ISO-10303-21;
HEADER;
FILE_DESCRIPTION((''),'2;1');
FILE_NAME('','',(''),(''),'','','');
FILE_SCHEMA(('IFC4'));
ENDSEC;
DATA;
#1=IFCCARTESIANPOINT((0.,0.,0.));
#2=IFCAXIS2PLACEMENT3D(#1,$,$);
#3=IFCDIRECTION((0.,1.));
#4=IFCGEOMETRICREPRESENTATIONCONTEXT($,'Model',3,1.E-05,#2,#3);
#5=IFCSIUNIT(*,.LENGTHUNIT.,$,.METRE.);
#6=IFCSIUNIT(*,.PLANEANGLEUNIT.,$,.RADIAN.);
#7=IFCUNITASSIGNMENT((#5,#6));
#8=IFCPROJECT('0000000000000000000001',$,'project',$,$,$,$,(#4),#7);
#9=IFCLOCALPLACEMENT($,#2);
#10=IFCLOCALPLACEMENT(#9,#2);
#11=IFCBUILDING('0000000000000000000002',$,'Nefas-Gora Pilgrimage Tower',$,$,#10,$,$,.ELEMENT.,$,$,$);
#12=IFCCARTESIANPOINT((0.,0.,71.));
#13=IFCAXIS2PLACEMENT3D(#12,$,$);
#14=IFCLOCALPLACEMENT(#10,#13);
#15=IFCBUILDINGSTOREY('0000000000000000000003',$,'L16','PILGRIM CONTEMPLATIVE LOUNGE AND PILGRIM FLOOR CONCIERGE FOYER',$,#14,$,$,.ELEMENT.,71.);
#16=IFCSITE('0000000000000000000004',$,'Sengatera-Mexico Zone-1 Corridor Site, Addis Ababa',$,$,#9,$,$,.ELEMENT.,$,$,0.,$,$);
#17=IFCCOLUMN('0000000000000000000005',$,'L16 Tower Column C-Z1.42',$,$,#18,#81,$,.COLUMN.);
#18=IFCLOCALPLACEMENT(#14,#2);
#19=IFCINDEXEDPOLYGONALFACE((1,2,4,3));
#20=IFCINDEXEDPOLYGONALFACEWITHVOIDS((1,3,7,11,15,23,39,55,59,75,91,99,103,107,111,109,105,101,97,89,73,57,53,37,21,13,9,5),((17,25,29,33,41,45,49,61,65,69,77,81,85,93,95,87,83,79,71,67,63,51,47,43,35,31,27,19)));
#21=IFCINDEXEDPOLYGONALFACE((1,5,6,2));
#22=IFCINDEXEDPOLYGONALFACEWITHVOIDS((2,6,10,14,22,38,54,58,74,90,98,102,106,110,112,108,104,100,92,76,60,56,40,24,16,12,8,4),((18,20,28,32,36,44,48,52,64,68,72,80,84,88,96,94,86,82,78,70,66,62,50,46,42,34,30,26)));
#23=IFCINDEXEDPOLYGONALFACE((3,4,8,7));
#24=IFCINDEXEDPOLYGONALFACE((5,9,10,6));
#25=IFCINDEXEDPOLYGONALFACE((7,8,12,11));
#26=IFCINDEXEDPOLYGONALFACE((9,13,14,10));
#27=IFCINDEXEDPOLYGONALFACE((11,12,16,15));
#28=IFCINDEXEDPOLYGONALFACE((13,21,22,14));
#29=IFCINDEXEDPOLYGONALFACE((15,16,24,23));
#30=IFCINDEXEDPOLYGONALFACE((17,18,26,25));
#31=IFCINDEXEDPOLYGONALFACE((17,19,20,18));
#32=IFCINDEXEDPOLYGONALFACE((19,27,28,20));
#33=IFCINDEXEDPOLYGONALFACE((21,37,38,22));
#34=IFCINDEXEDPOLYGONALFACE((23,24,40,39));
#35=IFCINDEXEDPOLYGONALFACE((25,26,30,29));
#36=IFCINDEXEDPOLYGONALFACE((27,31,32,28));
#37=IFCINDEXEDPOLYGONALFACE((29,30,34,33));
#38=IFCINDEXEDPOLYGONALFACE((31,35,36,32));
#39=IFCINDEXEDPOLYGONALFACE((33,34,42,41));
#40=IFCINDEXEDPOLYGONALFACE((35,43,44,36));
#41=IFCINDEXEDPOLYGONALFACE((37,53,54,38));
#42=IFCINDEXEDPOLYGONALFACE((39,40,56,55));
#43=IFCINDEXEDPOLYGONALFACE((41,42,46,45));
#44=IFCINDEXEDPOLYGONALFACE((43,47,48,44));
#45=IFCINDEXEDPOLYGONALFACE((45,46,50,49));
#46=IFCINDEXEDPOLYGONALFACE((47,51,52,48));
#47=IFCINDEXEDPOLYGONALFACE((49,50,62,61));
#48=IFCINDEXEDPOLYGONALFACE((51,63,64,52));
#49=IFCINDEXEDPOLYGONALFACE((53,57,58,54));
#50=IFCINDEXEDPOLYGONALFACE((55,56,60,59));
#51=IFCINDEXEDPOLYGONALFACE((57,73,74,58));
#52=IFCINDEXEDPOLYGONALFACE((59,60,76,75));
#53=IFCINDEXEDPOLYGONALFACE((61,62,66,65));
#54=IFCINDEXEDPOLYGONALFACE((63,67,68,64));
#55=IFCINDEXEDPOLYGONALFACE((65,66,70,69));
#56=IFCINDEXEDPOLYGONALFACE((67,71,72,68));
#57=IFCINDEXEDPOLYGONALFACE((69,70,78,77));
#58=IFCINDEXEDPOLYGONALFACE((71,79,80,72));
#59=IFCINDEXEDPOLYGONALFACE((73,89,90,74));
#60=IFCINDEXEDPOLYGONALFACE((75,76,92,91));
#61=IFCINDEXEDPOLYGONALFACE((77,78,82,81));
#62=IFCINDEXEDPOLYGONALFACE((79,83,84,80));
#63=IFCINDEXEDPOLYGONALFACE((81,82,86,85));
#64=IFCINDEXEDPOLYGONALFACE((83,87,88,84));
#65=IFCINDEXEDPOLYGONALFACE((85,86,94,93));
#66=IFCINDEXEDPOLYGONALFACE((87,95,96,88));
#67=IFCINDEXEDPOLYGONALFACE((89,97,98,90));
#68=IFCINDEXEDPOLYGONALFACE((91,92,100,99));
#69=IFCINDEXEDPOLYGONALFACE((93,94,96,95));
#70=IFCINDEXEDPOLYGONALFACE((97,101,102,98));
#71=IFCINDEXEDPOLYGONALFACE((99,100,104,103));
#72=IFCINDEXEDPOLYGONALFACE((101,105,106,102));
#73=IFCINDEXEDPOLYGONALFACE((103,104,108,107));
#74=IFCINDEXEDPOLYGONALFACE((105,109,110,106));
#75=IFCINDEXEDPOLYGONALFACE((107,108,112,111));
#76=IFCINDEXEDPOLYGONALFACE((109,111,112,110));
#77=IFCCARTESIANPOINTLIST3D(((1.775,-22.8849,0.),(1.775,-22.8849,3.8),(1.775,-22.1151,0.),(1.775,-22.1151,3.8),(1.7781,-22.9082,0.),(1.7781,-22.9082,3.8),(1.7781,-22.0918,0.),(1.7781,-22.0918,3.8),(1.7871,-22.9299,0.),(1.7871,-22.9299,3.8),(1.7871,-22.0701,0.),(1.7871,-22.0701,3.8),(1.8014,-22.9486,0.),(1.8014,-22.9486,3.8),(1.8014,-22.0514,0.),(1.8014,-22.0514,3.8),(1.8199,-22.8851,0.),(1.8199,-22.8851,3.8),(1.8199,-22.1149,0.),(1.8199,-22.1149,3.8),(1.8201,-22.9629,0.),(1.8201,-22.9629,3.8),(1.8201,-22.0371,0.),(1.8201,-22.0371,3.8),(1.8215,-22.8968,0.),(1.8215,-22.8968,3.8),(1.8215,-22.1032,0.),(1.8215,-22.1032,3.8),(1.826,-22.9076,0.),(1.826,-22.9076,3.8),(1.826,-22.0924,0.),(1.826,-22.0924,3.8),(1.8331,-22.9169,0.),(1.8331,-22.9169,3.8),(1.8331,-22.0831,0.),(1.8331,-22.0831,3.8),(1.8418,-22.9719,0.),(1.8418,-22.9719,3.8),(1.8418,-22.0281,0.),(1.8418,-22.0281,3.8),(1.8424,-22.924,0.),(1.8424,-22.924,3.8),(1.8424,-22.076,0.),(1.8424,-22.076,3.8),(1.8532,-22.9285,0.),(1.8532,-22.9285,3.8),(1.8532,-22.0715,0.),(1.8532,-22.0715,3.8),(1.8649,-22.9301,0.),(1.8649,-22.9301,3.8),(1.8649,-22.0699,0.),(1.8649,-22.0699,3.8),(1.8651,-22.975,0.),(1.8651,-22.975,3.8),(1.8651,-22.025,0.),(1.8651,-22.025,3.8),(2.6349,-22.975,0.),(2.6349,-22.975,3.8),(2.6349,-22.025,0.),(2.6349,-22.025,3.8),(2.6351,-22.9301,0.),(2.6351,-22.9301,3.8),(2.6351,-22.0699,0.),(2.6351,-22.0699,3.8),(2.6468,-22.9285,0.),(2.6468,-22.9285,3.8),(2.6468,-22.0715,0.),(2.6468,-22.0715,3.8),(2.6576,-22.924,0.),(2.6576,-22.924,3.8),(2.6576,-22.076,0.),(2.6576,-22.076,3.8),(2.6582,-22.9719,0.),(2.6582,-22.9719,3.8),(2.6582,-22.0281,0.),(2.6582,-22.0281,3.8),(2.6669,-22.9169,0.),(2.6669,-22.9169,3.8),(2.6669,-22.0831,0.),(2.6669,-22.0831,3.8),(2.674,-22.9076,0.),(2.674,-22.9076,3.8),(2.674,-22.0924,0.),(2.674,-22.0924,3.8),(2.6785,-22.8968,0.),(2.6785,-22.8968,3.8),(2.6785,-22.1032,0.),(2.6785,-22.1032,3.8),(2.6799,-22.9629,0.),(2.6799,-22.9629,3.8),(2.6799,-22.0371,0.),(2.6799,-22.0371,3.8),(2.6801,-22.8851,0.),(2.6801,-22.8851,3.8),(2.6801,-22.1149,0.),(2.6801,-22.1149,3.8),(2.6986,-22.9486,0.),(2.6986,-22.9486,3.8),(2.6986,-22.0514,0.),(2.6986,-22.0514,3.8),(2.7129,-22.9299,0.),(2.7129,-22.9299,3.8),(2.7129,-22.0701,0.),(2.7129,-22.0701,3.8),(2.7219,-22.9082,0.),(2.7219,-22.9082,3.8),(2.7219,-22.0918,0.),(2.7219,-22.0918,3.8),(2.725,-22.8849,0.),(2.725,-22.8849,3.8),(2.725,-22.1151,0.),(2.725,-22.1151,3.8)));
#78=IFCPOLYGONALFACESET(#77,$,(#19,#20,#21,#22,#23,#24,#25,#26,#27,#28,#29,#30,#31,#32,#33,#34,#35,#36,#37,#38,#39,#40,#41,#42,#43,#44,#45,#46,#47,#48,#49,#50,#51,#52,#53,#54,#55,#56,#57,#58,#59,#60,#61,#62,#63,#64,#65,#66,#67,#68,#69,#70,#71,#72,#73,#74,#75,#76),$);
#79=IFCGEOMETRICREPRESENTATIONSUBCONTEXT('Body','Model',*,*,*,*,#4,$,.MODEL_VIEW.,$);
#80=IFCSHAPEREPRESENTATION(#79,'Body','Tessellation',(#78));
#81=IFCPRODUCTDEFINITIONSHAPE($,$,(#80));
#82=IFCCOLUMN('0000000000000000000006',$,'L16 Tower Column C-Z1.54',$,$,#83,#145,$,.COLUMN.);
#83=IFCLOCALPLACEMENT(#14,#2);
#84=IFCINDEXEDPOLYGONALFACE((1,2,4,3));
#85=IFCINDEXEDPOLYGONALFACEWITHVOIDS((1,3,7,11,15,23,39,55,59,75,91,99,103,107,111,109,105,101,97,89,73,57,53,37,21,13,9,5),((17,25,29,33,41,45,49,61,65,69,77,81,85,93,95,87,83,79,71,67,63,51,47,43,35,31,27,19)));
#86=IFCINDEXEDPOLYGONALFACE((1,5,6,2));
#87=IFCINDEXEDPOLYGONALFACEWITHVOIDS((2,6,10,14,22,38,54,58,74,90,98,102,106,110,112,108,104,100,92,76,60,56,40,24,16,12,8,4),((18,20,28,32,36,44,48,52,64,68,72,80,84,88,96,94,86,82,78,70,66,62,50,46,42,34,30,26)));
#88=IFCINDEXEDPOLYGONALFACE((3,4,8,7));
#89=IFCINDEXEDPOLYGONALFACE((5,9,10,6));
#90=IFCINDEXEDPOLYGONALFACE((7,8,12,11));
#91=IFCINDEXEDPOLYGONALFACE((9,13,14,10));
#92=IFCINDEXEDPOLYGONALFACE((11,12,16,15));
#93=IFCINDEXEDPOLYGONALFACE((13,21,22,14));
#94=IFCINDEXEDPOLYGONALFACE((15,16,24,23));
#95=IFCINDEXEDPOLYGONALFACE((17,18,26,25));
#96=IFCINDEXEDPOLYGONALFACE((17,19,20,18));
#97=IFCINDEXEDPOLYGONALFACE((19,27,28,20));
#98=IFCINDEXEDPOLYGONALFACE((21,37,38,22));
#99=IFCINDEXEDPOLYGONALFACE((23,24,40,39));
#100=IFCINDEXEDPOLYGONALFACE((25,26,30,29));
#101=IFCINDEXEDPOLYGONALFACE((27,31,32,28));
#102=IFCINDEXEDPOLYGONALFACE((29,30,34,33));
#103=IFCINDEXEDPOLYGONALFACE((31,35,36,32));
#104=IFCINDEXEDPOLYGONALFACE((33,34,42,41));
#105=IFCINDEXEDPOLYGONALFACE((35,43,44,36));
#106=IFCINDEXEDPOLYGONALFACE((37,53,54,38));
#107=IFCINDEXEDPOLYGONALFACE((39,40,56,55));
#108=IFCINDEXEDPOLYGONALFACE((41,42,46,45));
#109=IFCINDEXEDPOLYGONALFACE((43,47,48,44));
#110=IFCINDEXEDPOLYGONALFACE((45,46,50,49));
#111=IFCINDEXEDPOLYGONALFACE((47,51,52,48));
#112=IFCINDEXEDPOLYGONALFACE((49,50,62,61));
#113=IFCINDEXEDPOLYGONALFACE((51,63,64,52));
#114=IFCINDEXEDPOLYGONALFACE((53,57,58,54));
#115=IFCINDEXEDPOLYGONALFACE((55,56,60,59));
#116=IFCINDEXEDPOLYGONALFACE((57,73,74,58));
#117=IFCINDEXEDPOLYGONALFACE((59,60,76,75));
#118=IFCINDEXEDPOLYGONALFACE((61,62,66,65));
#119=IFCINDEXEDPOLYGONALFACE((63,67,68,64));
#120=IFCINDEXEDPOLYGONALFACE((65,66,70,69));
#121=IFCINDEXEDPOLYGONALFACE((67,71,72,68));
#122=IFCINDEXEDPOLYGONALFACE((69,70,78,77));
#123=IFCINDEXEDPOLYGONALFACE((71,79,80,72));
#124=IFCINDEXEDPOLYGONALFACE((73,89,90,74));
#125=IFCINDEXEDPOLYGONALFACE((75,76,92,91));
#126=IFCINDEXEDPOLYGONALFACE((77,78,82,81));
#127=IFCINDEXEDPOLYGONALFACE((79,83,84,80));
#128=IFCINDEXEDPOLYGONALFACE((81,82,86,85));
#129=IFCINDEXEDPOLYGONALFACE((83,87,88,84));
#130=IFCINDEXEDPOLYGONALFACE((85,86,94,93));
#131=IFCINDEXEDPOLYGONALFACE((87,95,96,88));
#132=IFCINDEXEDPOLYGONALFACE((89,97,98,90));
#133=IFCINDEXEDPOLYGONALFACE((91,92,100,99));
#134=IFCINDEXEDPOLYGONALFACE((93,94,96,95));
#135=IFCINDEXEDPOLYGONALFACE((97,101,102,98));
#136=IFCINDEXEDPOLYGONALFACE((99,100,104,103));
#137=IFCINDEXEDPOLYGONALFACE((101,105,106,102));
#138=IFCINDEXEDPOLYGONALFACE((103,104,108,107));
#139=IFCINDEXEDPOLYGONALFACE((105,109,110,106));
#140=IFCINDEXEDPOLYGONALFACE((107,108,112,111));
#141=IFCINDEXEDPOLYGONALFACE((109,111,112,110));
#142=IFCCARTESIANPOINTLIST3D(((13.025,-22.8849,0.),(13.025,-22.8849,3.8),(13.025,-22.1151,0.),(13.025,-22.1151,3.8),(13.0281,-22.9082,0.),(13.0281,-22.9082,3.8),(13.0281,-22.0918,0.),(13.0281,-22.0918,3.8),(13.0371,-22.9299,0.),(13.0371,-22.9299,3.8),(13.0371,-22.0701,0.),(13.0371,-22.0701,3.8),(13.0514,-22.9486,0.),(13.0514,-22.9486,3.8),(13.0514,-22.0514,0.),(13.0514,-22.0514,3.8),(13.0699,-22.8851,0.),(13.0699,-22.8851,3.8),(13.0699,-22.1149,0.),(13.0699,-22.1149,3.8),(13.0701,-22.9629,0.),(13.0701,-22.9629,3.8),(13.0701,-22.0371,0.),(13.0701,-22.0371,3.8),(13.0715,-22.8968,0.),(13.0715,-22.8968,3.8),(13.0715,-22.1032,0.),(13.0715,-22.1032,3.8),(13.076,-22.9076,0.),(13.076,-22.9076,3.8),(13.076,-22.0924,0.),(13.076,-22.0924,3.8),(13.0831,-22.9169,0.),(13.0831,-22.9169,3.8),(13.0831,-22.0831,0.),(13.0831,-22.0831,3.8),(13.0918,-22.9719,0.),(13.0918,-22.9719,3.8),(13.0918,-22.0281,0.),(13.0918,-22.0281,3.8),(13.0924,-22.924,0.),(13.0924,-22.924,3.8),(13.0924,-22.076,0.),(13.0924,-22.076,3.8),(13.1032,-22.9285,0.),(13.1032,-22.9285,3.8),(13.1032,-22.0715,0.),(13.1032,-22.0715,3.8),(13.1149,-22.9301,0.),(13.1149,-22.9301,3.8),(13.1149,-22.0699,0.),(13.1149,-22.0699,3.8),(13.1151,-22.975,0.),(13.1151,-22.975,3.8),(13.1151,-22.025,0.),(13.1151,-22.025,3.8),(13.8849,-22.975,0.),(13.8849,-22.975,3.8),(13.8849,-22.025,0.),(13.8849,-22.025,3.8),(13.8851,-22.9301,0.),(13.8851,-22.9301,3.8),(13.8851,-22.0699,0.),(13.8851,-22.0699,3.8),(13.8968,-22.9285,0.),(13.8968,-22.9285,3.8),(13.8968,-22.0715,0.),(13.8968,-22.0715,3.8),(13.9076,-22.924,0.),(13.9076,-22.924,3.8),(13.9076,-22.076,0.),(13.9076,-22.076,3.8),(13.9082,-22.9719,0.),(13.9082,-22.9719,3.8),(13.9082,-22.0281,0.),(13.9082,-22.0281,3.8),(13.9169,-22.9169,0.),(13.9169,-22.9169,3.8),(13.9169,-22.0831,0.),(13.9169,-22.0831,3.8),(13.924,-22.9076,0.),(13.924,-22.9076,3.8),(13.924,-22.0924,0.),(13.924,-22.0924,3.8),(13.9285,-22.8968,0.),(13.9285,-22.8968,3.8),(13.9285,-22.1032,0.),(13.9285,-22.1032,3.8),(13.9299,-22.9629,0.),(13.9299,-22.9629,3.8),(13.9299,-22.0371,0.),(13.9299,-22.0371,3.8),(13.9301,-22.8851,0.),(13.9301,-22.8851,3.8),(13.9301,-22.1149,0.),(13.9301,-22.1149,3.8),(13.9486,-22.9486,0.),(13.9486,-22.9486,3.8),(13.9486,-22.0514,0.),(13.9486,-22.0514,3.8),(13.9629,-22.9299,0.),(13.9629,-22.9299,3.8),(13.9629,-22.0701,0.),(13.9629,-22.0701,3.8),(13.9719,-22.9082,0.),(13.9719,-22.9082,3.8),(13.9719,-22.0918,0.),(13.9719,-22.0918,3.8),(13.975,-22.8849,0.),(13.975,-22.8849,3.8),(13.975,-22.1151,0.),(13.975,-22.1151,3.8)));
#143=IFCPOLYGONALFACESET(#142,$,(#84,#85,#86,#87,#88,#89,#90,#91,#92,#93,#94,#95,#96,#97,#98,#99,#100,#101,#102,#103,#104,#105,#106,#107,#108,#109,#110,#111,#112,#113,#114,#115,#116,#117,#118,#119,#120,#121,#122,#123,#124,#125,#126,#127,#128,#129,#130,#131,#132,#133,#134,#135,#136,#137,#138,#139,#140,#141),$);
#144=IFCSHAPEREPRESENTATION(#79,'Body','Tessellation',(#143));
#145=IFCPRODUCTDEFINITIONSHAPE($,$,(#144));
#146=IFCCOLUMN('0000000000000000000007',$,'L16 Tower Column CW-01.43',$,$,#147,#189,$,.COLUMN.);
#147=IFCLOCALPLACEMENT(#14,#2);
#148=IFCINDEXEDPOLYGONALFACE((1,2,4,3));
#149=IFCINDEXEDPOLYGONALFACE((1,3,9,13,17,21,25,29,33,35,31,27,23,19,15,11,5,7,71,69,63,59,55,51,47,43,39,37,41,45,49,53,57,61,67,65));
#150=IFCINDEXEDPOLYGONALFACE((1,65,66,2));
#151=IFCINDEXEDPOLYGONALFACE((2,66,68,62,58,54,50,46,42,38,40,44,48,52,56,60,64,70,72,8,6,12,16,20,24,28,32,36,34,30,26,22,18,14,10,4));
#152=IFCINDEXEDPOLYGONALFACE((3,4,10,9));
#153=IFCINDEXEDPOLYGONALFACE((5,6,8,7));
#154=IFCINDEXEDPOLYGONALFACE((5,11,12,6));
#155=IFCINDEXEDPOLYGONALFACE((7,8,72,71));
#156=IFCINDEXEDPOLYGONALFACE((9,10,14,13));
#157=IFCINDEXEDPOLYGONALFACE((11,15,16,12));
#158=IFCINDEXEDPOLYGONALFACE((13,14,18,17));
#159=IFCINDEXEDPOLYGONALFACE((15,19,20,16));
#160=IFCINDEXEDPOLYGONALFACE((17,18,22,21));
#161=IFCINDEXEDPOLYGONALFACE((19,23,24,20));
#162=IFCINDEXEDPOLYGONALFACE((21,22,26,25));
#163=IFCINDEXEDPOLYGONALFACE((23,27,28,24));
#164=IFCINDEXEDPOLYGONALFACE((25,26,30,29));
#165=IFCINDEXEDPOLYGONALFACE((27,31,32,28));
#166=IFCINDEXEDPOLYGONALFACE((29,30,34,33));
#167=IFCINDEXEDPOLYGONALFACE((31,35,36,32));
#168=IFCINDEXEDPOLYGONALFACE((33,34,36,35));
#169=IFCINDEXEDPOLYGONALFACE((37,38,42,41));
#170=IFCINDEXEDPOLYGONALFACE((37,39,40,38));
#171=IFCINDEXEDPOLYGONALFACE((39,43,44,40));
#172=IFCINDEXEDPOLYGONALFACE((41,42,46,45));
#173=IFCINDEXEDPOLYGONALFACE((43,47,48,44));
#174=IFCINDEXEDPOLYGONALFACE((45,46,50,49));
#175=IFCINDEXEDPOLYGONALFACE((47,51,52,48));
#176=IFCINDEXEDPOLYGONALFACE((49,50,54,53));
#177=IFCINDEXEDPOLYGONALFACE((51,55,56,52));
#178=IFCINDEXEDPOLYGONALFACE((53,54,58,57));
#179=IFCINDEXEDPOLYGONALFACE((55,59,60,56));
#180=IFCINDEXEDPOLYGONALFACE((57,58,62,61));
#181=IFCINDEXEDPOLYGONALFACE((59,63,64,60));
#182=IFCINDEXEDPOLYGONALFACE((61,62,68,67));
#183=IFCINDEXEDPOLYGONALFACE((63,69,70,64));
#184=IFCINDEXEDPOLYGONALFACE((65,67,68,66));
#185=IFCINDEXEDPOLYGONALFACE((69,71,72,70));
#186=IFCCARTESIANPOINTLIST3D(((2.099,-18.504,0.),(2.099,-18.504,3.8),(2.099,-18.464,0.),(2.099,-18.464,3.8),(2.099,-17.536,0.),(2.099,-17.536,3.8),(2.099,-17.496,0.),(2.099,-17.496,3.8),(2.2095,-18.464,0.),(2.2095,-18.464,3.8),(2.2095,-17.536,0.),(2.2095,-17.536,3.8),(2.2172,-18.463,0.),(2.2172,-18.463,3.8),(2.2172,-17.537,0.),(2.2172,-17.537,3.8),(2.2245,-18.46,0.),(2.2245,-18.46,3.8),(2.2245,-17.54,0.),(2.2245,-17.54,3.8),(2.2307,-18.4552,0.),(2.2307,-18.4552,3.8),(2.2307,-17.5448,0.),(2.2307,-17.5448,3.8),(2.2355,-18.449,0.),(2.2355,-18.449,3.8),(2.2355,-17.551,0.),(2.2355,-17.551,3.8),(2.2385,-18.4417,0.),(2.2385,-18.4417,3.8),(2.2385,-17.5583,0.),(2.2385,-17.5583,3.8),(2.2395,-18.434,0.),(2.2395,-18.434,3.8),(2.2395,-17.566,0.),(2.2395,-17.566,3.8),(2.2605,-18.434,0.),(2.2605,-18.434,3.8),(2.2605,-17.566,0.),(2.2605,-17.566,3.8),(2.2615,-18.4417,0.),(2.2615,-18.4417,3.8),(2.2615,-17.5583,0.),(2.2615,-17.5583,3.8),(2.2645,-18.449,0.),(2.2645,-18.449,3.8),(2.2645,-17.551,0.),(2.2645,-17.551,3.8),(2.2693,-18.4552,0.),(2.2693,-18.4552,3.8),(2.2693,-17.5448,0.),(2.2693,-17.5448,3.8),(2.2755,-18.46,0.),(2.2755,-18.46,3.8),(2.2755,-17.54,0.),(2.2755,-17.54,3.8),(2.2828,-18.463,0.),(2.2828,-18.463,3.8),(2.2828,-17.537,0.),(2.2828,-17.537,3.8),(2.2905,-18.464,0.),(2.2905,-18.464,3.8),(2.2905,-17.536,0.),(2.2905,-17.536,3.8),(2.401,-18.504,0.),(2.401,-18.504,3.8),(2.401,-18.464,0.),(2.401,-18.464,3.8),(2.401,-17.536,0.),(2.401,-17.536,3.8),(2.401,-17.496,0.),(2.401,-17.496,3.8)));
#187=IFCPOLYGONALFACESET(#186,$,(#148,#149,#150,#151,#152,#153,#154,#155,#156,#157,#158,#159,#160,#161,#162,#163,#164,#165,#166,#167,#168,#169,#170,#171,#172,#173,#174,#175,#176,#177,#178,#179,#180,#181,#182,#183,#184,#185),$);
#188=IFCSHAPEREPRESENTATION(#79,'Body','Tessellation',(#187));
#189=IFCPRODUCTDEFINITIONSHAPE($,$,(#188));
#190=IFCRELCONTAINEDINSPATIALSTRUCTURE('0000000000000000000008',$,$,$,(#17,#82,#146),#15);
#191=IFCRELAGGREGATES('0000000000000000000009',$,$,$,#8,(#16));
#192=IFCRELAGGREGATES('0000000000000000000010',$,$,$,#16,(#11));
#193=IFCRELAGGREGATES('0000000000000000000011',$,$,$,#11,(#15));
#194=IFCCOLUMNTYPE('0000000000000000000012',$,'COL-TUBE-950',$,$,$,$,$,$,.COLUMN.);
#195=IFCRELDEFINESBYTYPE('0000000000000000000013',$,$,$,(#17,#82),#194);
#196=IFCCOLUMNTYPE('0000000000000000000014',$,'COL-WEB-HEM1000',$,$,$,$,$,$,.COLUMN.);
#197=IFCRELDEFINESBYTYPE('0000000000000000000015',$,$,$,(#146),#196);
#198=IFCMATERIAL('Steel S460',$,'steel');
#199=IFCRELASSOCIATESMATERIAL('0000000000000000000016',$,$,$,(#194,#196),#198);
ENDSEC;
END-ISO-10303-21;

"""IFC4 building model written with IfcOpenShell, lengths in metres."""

from ifc_helpers import new_model, si_unit, direction, frame, origin, origin_2d, place, context, subcontext, project, spatial, hollow_rectangle, i_section, extrude, source, transform, mapped, material, material_profile, profile_set, type_object, element, save


model = new_model("IFC4")

# Units and contexts
model_context = context("Model", 3, precision=1e-05, world=origin(), true_north=direction((0.0, 1.0)))
body_context = subcontext(model_context, "Body", "Model", "MODEL_VIEW")
ifc_project = project(units=[si_unit("LENGTHUNIT", "METRE"), si_unit("PLANEANGLEUNIT", "RADIAN")], contexts=[model_context])

# Site, building, storey
site_placement = place(None, origin())
site = spatial("IfcSite", under=ifc_project, at=site_placement, Name="Sengatera-Mexico Zone-1 Corridor Site, Addis Ababa", CompositionType="ELEMENT", RefElevation=0.0)
building_placement = place(site_placement, origin())
building = spatial("IfcBuilding", under=site, at=building_placement, Name="Nefas-Gora Pilgrimage Tower", CompositionType="ELEMENT")
storey_placement = place(building_placement, frame((0.0, 0.0, 71.0)))
storey = spatial("IfcBuildingStorey", under=building, at=storey_placement, Name="L16", Description="PILGRIM CONTEMPLATIVE LOUNGE AND PILGRIM FLOOR CONCIERGE FOYER", CompositionType="ELEMENT", Elevation=71.0)

# Columns
ifc_material_1 = material(Name="Steel S460", Category="steel")
ifc_material_profile_1 = material_profile(ifc_material_1, hollow_rectangle(XDim=0.95, YDim=0.95, WallThickness=0.0449, InnerFilletRadius=0.0449, OuterFilletRadius=0.0901, at=origin_2d()), Name="BOX 950x950x45")
ifc_profile_set_1 = profile_set([ifc_material_profile_1], Name="Steel S460")
column_type_1 = type_object("IfcColumnType", Name="COL-TUBE-950", PredefinedType="COLUMN", material=ifc_profile_set_1)
shared_shape_1 = source(origin(), body_context, "Body", "SweptSolid", [
    extrude(hollow_rectangle(XDim=0.95, YDim=0.95, WallThickness=0.0449, InnerFilletRadius=0.0449, OuterFilletRadius=0.0901, at=origin_2d()), origin(), (0.0, 0.0, 1.0), 3.8),
])
for number, where, z_axis, x_axis, name in (
    (1, (2.25, -22.5, 0.0), (0.0, 0.0, 1.0), (1.0, 0.0, 0.0), "L16 Tower Column C-Z1.42"),
    (2, (13.5, -22.5, 0.0), (0.0, 0.0, 1.0), (1.0, 0.0, 0.0), "L16 Tower Column C-Z1.54"),
):
    element("IfcColumn", number, at=place(storey_placement, frame(where, z_axis=z_axis, x_axis=x_axis)), inside=storey, type_object=column_type_1, Name=name, PredefinedType="COLUMN", context=body_context, shape_type="MappedRepresentation", body=[
        mapped(shared_shape_1, transform((0.0, 0.0, 0.0), x_axis=(1.0, 0.0, 0.0), y_axis=(0.0, 1.0, 0.0), z_axis=(0.0, 0.0, 1.0), scale=1.0)),
    ])
ifc_material_profile_2 = material_profile(ifc_material_1, i_section(OverallWidth=0.302, OverallDepth=1.0081, WebThickness=0.021, FlangeThickness=0.04, FilletRadius=0.03, at=origin_2d()), Name="HEM 1000")
ifc_profile_set_2 = profile_set([ifc_material_profile_2], Name="Steel S460")
column_type_2 = type_object("IfcColumnType", Name="COL-WEB-HEM1000", PredefinedType="COLUMN", material=ifc_profile_set_2)
shared_shape_2 = source(origin(), body_context, "Body", "SweptSolid", [
    extrude(i_section(OverallWidth=0.302, OverallDepth=1.0081, WebThickness=0.021, FlangeThickness=0.04, FilletRadius=0.03, at=origin_2d()), origin(), (0.0, 0.0, 1.0), 3.8),
])
for number, where, z_axis, x_axis, name in (
    (3, (2.25, -18.0, 0.0), (0.0, 0.0, 1.0), (1.0, 0.0, 0.0), "L16 Tower Column CW-01.43"),
):
    element("IfcColumn", number, at=place(storey_placement, frame(where, z_axis=z_axis, x_axis=x_axis)), inside=storey, type_object=column_type_2, Name=name, PredefinedType="COLUMN", context=body_context, shape_type="MappedRepresentation", body=[
        mapped(shared_shape_2, transform((0.0, 0.0, 0.0), x_axis=(1.0, 0.0, 0.0), y_axis=(0.0, 1.0, 0.0), z_axis=(0.0, 0.0, 1.0), scale=1.0)),
    ])

save(model, "model.ifc")
